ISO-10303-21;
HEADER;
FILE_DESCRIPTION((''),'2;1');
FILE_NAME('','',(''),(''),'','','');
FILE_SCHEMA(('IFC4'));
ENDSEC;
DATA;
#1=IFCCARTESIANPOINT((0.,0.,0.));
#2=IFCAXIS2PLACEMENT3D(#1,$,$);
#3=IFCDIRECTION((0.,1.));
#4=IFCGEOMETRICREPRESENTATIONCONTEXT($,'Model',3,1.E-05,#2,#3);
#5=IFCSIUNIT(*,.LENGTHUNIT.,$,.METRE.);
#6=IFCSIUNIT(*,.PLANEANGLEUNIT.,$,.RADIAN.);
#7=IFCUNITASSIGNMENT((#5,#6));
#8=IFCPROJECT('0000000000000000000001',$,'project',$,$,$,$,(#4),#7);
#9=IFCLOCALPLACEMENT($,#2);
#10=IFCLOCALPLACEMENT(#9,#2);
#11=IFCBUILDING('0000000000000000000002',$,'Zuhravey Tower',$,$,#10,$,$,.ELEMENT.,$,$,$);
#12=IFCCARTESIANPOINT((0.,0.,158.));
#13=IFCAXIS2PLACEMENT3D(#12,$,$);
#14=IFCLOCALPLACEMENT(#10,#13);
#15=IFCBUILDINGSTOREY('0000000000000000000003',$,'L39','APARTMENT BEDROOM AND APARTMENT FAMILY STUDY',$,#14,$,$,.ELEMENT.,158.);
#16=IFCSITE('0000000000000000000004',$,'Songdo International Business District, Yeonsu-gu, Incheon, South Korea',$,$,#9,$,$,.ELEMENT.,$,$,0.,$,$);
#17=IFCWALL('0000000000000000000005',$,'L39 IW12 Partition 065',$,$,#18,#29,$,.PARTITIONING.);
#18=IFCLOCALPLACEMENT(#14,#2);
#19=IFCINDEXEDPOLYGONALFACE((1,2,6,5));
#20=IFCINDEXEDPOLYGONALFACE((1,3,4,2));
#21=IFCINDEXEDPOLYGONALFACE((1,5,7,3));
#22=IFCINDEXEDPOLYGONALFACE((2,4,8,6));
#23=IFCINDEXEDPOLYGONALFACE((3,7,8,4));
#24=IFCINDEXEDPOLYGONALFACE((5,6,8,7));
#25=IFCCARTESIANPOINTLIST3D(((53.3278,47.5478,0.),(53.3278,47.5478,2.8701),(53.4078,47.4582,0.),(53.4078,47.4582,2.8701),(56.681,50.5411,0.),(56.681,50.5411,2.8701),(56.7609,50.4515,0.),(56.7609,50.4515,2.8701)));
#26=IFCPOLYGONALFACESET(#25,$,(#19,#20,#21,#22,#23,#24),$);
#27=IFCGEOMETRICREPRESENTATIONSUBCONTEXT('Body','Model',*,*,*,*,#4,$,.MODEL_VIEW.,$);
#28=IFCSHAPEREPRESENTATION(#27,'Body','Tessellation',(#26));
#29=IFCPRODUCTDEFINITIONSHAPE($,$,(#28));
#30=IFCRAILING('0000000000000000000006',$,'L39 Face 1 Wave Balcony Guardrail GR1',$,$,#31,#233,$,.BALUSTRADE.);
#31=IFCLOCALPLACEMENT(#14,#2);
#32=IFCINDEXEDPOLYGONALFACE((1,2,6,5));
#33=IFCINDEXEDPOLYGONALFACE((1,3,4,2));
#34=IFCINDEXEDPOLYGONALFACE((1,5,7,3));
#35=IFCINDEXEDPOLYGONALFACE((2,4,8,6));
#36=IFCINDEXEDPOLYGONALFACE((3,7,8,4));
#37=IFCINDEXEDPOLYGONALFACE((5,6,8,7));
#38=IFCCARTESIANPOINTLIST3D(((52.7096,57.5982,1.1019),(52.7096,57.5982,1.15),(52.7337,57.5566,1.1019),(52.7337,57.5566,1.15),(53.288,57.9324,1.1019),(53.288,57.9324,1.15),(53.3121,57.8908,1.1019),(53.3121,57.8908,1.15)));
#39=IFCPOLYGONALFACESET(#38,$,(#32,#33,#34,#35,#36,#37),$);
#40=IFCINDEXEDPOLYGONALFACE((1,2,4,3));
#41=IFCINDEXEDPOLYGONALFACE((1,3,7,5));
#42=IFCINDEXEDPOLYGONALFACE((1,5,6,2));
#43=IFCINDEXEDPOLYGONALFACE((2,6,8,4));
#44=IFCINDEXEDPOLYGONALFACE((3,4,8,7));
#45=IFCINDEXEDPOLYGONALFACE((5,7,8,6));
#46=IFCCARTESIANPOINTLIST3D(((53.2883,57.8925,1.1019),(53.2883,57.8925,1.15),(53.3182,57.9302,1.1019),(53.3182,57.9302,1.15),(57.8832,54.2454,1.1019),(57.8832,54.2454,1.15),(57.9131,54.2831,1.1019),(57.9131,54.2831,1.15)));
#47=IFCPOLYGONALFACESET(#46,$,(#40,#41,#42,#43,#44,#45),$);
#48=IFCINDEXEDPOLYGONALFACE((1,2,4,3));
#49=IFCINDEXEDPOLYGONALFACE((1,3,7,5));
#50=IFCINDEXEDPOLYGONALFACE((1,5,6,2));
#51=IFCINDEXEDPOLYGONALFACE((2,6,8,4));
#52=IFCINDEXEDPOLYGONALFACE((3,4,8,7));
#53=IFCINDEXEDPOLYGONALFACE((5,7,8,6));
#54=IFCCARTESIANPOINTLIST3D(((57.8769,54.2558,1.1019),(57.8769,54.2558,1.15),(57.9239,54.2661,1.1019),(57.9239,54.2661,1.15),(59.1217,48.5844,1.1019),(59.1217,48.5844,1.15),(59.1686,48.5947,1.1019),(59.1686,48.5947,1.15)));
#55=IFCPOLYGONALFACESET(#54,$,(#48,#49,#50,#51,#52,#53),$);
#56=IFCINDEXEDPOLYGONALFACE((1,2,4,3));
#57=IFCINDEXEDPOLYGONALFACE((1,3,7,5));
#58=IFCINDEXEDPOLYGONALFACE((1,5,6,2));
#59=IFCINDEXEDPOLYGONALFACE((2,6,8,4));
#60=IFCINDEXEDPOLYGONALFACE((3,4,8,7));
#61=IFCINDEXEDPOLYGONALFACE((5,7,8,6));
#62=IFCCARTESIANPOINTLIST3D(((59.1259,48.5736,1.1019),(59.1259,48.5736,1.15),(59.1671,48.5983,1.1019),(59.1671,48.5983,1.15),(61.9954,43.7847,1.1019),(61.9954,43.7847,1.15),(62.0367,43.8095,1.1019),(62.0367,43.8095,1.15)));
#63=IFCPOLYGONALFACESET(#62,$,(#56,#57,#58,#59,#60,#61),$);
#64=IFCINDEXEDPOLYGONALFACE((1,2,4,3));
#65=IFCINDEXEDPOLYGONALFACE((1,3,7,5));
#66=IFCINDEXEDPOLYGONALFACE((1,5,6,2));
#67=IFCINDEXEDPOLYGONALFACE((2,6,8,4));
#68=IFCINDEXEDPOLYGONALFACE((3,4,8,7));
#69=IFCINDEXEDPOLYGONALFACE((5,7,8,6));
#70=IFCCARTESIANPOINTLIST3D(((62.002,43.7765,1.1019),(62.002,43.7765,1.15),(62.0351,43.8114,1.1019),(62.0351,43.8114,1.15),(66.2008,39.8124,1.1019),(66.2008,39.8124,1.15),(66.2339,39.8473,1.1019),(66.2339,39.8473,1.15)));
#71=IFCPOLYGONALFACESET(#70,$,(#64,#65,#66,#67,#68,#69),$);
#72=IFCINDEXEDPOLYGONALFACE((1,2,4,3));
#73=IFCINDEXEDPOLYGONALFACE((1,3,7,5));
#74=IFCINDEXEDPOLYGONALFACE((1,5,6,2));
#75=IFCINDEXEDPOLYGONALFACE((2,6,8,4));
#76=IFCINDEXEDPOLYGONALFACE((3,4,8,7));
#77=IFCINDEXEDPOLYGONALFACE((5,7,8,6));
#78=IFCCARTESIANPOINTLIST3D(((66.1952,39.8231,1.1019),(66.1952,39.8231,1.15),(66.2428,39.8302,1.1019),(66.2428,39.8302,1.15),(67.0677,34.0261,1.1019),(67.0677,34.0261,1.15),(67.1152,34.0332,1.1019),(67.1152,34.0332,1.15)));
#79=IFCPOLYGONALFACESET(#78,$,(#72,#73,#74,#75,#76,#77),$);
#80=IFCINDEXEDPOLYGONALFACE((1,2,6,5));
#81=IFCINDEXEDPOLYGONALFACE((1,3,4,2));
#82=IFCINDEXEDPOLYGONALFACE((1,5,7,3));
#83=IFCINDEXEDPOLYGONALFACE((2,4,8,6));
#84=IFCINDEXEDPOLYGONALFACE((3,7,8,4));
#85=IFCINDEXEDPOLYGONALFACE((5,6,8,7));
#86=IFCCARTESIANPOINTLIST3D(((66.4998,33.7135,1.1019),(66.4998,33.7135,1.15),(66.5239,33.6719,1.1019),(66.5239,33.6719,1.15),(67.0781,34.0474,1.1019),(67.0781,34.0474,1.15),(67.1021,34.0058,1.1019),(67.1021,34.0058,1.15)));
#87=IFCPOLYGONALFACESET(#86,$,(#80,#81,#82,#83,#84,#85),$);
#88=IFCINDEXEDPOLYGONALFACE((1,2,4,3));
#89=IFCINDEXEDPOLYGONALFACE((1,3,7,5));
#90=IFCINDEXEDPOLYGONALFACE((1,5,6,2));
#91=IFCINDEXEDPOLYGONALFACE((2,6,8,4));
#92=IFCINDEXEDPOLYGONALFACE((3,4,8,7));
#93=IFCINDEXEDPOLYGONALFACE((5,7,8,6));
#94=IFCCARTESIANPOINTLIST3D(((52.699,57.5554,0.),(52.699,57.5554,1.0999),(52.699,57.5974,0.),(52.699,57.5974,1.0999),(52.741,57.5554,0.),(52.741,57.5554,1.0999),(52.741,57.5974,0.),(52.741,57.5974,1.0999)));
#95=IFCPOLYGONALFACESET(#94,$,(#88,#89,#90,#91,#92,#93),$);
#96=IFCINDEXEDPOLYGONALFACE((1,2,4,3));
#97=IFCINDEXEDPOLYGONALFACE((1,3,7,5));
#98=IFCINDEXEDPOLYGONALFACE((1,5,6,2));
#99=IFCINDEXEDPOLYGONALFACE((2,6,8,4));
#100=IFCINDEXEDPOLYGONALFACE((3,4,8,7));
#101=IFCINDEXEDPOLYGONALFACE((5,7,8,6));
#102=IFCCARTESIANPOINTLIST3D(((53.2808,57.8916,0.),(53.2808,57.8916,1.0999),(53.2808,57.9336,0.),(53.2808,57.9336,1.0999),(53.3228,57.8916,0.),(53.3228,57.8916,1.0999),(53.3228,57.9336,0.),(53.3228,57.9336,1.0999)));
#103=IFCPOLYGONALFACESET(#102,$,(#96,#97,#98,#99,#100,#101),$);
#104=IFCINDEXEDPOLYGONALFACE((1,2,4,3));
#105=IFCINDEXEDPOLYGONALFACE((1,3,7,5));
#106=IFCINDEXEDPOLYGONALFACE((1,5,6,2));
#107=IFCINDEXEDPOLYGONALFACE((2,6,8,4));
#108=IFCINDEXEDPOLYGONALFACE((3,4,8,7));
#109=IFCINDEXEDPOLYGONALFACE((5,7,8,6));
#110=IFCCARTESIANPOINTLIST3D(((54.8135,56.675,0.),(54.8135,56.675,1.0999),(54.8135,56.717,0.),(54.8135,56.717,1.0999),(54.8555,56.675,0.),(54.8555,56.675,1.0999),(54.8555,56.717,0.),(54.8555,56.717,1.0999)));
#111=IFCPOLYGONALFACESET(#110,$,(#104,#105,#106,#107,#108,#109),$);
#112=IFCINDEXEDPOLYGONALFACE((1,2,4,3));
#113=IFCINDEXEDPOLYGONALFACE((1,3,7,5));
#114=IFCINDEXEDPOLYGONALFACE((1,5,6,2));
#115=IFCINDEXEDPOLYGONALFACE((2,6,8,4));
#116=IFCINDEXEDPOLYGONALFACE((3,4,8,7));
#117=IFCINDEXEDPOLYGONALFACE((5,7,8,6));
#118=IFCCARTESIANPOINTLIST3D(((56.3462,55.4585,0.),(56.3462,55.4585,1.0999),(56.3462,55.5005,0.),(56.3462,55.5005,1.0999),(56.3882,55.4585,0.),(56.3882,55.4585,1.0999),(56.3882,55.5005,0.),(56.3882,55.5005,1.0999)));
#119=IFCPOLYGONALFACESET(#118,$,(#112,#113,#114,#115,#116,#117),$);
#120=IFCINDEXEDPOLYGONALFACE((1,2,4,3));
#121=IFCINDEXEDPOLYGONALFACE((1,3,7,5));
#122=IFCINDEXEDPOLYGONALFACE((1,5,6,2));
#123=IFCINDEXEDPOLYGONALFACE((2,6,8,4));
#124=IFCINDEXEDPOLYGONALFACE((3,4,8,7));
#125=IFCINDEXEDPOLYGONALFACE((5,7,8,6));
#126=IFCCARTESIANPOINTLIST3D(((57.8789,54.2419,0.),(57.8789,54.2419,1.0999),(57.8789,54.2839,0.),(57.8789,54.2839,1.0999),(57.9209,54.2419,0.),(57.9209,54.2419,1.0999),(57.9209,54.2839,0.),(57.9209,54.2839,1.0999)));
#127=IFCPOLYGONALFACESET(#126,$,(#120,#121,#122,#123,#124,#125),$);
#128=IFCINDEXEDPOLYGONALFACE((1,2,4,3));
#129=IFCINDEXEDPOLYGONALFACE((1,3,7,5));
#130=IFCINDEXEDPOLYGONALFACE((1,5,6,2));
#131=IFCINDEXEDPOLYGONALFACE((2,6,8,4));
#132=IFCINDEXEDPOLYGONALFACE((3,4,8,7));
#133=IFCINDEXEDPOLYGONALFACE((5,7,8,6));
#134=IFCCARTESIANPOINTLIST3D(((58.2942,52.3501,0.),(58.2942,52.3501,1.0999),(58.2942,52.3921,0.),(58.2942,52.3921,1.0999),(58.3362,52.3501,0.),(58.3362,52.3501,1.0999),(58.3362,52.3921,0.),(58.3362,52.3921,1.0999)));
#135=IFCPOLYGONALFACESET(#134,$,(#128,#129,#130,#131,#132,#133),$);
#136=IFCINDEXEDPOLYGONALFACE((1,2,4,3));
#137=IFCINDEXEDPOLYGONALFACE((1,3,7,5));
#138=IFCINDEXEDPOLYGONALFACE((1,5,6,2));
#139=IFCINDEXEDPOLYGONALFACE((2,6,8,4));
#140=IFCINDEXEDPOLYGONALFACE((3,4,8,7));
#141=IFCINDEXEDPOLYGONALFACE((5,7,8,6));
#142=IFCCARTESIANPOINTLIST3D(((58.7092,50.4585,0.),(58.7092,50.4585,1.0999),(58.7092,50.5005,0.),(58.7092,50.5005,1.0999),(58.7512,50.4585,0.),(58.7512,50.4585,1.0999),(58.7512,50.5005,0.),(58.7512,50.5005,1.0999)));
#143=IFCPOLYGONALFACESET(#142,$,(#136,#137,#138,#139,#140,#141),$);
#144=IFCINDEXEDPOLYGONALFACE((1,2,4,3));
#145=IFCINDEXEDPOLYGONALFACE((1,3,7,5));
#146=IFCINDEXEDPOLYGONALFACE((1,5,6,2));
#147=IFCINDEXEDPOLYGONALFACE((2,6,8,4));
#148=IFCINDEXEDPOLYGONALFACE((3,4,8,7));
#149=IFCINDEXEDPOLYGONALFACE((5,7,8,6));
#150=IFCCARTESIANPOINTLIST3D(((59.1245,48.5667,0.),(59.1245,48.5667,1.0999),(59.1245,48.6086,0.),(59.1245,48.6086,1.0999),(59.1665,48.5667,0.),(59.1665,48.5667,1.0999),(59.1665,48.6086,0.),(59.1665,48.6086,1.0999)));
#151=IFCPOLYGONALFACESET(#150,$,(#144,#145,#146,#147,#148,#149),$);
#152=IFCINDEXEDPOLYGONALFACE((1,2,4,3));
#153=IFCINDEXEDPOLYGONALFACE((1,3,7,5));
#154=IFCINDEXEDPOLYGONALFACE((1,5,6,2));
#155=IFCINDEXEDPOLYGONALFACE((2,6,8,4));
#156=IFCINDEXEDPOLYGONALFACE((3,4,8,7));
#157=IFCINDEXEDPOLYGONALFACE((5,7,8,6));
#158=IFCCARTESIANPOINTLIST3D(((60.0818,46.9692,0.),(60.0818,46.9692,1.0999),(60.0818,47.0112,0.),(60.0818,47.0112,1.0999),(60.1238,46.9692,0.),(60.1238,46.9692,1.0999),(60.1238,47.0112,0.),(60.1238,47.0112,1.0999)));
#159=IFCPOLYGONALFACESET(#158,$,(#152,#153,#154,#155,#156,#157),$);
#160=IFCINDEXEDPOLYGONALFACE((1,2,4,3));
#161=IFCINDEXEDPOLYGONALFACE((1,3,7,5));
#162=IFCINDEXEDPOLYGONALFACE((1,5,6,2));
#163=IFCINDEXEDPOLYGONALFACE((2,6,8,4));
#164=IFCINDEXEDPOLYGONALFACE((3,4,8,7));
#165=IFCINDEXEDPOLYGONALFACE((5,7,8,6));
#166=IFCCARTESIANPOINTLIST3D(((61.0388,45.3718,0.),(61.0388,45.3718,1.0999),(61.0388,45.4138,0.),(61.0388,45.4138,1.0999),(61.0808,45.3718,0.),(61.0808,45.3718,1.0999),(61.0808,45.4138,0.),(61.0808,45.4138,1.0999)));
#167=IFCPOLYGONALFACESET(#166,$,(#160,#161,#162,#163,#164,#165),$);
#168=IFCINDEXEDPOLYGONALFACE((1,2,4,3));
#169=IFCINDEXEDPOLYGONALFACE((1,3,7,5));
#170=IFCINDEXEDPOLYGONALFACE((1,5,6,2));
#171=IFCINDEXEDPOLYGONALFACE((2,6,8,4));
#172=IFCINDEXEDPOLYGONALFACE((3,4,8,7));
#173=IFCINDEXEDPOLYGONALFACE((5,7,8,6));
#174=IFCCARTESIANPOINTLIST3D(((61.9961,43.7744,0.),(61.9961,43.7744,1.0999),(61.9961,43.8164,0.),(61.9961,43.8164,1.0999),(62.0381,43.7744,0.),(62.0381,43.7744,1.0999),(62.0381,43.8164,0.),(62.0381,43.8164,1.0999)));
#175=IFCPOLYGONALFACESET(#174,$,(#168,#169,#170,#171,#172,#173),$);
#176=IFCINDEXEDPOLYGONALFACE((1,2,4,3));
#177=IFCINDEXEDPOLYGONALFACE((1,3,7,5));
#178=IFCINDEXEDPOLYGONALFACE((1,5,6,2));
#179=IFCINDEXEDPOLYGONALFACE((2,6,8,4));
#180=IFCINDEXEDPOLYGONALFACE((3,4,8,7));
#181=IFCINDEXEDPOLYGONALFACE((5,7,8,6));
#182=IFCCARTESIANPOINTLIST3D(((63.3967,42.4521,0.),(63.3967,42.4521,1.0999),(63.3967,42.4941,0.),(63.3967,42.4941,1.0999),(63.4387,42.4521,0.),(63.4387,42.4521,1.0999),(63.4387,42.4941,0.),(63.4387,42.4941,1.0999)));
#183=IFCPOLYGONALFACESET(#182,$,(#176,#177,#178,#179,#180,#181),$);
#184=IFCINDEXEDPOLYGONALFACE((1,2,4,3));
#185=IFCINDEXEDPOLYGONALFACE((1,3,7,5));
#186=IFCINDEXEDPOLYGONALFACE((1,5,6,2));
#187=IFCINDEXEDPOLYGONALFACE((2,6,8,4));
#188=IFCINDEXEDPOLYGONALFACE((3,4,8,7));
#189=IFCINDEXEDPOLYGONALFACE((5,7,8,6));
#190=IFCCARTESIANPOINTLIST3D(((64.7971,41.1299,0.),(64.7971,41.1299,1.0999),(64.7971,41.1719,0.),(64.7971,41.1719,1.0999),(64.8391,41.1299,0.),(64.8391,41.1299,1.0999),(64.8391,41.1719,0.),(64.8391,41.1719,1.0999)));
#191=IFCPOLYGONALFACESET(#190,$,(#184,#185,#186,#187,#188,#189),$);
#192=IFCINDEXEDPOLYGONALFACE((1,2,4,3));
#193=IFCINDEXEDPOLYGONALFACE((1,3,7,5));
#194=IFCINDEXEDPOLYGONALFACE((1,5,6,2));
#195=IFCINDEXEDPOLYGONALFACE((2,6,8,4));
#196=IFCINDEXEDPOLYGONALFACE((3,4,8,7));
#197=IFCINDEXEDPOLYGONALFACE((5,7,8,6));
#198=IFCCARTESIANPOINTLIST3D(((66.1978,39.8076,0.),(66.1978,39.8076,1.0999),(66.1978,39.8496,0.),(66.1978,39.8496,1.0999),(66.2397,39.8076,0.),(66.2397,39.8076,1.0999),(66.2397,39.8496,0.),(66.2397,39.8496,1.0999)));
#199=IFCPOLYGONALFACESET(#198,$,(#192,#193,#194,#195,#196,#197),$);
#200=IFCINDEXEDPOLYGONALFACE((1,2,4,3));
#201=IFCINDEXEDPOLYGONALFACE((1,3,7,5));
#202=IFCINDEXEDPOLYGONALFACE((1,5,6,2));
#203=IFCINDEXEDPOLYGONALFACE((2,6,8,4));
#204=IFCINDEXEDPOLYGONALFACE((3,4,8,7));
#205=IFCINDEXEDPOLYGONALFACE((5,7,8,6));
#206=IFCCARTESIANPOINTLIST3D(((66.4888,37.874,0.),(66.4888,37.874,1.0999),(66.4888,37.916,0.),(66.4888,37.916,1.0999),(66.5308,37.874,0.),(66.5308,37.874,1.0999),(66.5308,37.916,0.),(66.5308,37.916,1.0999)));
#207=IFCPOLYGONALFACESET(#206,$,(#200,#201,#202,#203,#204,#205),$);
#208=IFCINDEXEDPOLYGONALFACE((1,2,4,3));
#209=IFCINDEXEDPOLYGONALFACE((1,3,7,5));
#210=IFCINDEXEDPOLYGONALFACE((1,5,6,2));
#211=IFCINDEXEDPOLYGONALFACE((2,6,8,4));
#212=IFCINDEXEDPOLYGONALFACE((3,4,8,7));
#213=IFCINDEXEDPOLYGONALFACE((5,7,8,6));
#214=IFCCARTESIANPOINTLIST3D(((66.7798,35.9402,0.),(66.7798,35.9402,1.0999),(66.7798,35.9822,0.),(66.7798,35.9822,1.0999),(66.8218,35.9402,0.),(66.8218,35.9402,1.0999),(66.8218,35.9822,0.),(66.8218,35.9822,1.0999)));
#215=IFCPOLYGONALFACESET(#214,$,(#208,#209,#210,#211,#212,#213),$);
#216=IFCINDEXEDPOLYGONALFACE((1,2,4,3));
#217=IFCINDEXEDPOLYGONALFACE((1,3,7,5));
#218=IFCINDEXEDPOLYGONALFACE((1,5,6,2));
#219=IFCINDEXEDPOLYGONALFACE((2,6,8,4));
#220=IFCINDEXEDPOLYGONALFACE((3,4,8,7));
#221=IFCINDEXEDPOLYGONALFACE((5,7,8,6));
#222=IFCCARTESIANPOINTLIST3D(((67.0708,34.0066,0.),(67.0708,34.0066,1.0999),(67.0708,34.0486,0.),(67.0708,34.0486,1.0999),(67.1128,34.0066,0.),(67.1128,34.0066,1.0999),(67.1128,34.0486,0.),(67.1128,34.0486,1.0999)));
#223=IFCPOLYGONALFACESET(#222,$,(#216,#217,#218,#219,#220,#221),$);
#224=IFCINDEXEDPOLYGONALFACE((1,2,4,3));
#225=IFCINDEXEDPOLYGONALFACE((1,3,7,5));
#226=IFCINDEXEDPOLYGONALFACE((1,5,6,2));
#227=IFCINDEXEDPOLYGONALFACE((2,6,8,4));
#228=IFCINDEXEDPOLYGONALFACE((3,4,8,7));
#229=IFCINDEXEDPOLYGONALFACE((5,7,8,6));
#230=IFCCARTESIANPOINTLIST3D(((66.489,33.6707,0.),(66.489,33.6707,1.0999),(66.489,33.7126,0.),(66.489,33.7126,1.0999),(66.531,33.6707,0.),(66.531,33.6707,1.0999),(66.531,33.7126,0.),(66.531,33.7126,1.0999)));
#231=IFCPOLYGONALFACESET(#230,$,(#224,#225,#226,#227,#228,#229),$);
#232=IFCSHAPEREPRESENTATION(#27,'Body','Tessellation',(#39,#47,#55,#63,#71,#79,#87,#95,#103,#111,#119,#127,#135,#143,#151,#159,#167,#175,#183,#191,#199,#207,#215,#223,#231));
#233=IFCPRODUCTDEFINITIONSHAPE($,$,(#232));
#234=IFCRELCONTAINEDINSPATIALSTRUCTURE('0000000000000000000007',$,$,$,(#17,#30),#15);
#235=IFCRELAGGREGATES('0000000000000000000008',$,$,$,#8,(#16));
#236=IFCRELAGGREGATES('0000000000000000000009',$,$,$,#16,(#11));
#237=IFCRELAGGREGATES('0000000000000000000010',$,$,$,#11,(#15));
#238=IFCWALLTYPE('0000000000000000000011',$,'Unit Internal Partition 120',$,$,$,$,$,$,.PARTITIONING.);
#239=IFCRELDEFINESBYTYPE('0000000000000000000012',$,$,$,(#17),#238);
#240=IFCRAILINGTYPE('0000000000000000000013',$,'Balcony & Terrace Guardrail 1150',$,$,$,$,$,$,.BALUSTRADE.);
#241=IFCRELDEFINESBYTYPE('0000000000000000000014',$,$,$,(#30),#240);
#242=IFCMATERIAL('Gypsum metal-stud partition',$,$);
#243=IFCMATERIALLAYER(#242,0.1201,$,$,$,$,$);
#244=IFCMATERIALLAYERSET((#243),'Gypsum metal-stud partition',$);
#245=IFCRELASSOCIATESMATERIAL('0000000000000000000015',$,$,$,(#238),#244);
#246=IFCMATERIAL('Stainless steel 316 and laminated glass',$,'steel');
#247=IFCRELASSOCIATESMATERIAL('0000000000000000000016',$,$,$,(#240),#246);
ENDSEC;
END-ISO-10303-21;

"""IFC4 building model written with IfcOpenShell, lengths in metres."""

from ifc_helpers import new_model, si_unit, direction, frame, frame_2d, origin, origin_2d, place, context, subcontext, project, spatial, rectangle, extrude, material, layer, layer_set, type_object, element, save


model = new_model("IFC4")

# Units and contexts
model_context = context("Model", 3, precision=1e-05, world=origin(), true_north=direction((0.0, 1.0)))
body_context = subcontext(model_context, "Body", "Model", "MODEL_VIEW")
ifc_project = project(units=[si_unit("LENGTHUNIT", "METRE"), si_unit("PLANEANGLEUNIT", "RADIAN")], contexts=[model_context])

# Site, building, storey
site_placement = place(None, origin())
site = spatial("IfcSite", under=ifc_project, at=site_placement, Name="Songdo International Business District, Yeonsu-gu, Incheon, South Korea", CompositionType="ELEMENT", RefElevation=0.0)
building_placement = place(site_placement, origin())
building = spatial("IfcBuilding", under=site, at=building_placement, Name="Zuhravey Tower", CompositionType="ELEMENT")
storey_placement = place(building_placement, frame((0.0, 0.0, 158.0)))
storey = spatial("IfcBuildingStorey", under=building, at=storey_placement, Name="L39", Description="APARTMENT BEDROOM AND APARTMENT FAMILY STUDY", CompositionType="ELEMENT", Elevation=158.0)

# Shared definitions
ifc_material_1 = material(Name="Gypsum metal-stud partition")
ifc_layer_1 = layer(ifc_material_1, 0.1201)
ifc_layer_set_1 = layer_set([ifc_layer_1], Name="Gypsum metal-stud partition")
wall_type_1 = type_object("IfcWallType", Name="Unit Internal Partition 120", PredefinedType="PARTITIONING", material=ifc_layer_set_1)

# Wall
wall_1_placement = place(storey_placement, frame((53.3677, 47.5029, 0.0), z_axis=(0.0, 0.0, 1.0), x_axis=(0.746002, 0.665943, 0.0)))
element("IfcWall", 1, at=wall_1_placement, inside=storey, type_object=wall_type_1, Name="L39 IW12 Partition 065", PredefinedType="PARTITIONING", context=body_context, shape_type="SweptSolid", body=[
    extrude(rectangle(XDim=4.4949, YDim=0.1201, at=frame_2d((2.2476, 0.0))), origin(), (0.0, 0.0, 1.0), 2.8701),
])

# Railing
ifc_material_2 = material(Name="Stainless steel 316 and laminated glass", Category="steel")
railing_type = type_object("IfcRailingType", Name="Balcony & Terrace Guardrail 1150", PredefinedType="BALUSTRADE", material=ifc_material_2)
railing_placement = place(storey_placement, frame((52.72, 57.5764, 0.0)))
element("IfcRailing", 2, at=railing_placement, inside=storey, type_object=railing_type, Name="L39 Face 1 Wave Balcony Guardrail GR1", PredefinedType="BALUSTRADE", context=body_context, shape_type="SweptSolid", body=[
    extrude(rectangle(XDim=0.0481, YDim=0.0481, at=origin_2d()), frame((0.0017, 0.001, 1.126), z_axis=(0.865841, 0.50032, 0.0), x_axis=(-0.50032, 0.865841, 0.0)), (0.0, 0.0, 1.0), 0.668),
    extrude(rectangle(XDim=0.0481, YDim=0.0481, at=origin_2d()), frame((0.5833, 0.335, 1.126), z_axis=(0.783261, -0.621693, 0.0), x_axis=(0.621693, 0.783261, 0.0)), (0.0, 0.0, 1.0), 5.8665),
    extrude(rectangle(XDim=0.0481, YDim=0.0481, at=origin_2d()), frame((5.1804, -3.3154, 1.126), z_axis=(0.214376, -0.976751, 0.0), x_axis=(0.976751, 0.214376, 0.0)), (0.0, 0.0, 1.0), 5.8064),
    extrude(rectangle(XDim=0.0481, YDim=0.0481, at=origin_2d()), frame((6.4265, -8.9905, 1.126), z_axis=(0.514001, -0.85779, 0.0), x_axis=(0.85779, 0.514001, 0.0)), (0.0, 0.0, 1.0), 5.5828),
    extrude(rectangle(XDim=0.0481, YDim=0.0481, at=origin_2d()), frame((9.2986, -13.7825, 1.126), z_axis=(0.727137, -0.686492, 0.0), x_axis=(0.686492, 0.727137, 0.0)), (0.0, 0.0, 1.0), 5.7744),
    extrude(rectangle(XDim=0.0481, YDim=0.0481, at=origin_2d()), frame((13.499, -17.7498, 1.126), z_axis=(0.148823, -0.988864, 0.0), x_axis=(0.988864, 0.148823, 0.0)), (0.0, 0.0, 1.0), 5.8623),
    extrude(rectangle(XDim=0.0481, YDim=0.0481, at=origin_2d()), frame((14.3701, -23.5498, 1.126), z_axis=(-0.865998, -0.500048, 0.0), x_axis=(0.500048, -0.865998, 0.0)), (0.0, 0.0, 1.0), 0.6677),
    extrude(rectangle(XDim=0.042, YDim=0.042, at=origin_2d()), origin(), (0.0, 0.0, 1.0), 1.0999),
    extrude(rectangle(XDim=0.042, YDim=0.042, at=origin_2d()), frame((0.5818, 0.3362, 0.0)), (0.0, 0.0, 1.0), 1.0999),
    extrude(rectangle(XDim=0.042, YDim=0.042, at=origin_2d()), frame((2.1145, -0.8804, 0.0)), (0.0, 0.0, 1.0), 1.0999),
    extrude(rectangle(XDim=0.042, YDim=0.042, at=origin_2d()), frame((3.6472, -2.0969, 0.0)), (0.0, 0.0, 1.0), 1.0999),
    extrude(rectangle(XDim=0.042, YDim=0.042, at=origin_2d()), frame((5.1799, -3.3135, 0.0)), (0.0, 0.0, 1.0), 1.0999),
    extrude(rectangle(XDim=0.042, YDim=0.042, at=origin_2d()), frame((5.5952, -5.2053, 0.0)), (0.0, 0.0, 1.0), 1.0999),
    extrude(rectangle(XDim=0.042, YDim=0.042, at=origin_2d()), frame((6.0103, -7.0969, 0.0)), (0.0, 0.0, 1.0), 1.0999),
    extrude(rectangle(XDim=0.042, YDim=0.042, at=origin_2d()), frame((6.4255, -8.9888, 0.0)), (0.0, 0.0, 1.0), 1.0999),
    extrude(rectangle(XDim=0.042, YDim=0.042, at=origin_2d()), frame((7.3828, -10.5862, 0.0)), (0.0, 0.0, 1.0), 1.0999),
    extrude(rectangle(XDim=0.042, YDim=0.042, at=origin_2d()), frame((8.3398, -12.1836, 0.0)), (0.0, 0.0, 1.0), 1.0999),
    extrude(rectangle(XDim=0.042, YDim=0.042, at=origin_2d()), frame((9.2971, -13.781, 0.0)), (0.0, 0.0, 1.0), 1.0999),
    extrude(rectangle(XDim=0.042, YDim=0.042, at=origin_2d()), frame((10.6978, -15.1033, 0.0)), (0.0, 0.0, 1.0), 1.0999),
    extrude(rectangle(XDim=0.042, YDim=0.042, at=origin_2d()), frame((12.0981, -16.4255, 0.0)), (0.0, 0.0, 1.0), 1.0999),
    extrude(rectangle(XDim=0.042, YDim=0.042, at=origin_2d()), frame((13.4988, -17.7478, 0.0)), (0.0, 0.0, 1.0), 1.0999),
    extrude(rectangle(XDim=0.042, YDim=0.042, at=origin_2d()), frame((13.7898, -19.6814, 0.0)), (0.0, 0.0, 1.0), 1.0999),
    extrude(rectangle(XDim=0.042, YDim=0.042, at=origin_2d()), frame((14.0808, -21.6152, 0.0)), (0.0, 0.0, 1.0), 1.0999),
    extrude(rectangle(XDim=0.042, YDim=0.042, at=origin_2d()), frame((14.3718, -23.5488, 0.0)), (0.0, 0.0, 1.0), 1.0999),
    extrude(rectangle(XDim=0.042, YDim=0.042, at=origin_2d()), frame((13.79, -23.8848, 0.0)), (0.0, 0.0, 1.0), 1.0999),
])

save(model, "model.ifc")
